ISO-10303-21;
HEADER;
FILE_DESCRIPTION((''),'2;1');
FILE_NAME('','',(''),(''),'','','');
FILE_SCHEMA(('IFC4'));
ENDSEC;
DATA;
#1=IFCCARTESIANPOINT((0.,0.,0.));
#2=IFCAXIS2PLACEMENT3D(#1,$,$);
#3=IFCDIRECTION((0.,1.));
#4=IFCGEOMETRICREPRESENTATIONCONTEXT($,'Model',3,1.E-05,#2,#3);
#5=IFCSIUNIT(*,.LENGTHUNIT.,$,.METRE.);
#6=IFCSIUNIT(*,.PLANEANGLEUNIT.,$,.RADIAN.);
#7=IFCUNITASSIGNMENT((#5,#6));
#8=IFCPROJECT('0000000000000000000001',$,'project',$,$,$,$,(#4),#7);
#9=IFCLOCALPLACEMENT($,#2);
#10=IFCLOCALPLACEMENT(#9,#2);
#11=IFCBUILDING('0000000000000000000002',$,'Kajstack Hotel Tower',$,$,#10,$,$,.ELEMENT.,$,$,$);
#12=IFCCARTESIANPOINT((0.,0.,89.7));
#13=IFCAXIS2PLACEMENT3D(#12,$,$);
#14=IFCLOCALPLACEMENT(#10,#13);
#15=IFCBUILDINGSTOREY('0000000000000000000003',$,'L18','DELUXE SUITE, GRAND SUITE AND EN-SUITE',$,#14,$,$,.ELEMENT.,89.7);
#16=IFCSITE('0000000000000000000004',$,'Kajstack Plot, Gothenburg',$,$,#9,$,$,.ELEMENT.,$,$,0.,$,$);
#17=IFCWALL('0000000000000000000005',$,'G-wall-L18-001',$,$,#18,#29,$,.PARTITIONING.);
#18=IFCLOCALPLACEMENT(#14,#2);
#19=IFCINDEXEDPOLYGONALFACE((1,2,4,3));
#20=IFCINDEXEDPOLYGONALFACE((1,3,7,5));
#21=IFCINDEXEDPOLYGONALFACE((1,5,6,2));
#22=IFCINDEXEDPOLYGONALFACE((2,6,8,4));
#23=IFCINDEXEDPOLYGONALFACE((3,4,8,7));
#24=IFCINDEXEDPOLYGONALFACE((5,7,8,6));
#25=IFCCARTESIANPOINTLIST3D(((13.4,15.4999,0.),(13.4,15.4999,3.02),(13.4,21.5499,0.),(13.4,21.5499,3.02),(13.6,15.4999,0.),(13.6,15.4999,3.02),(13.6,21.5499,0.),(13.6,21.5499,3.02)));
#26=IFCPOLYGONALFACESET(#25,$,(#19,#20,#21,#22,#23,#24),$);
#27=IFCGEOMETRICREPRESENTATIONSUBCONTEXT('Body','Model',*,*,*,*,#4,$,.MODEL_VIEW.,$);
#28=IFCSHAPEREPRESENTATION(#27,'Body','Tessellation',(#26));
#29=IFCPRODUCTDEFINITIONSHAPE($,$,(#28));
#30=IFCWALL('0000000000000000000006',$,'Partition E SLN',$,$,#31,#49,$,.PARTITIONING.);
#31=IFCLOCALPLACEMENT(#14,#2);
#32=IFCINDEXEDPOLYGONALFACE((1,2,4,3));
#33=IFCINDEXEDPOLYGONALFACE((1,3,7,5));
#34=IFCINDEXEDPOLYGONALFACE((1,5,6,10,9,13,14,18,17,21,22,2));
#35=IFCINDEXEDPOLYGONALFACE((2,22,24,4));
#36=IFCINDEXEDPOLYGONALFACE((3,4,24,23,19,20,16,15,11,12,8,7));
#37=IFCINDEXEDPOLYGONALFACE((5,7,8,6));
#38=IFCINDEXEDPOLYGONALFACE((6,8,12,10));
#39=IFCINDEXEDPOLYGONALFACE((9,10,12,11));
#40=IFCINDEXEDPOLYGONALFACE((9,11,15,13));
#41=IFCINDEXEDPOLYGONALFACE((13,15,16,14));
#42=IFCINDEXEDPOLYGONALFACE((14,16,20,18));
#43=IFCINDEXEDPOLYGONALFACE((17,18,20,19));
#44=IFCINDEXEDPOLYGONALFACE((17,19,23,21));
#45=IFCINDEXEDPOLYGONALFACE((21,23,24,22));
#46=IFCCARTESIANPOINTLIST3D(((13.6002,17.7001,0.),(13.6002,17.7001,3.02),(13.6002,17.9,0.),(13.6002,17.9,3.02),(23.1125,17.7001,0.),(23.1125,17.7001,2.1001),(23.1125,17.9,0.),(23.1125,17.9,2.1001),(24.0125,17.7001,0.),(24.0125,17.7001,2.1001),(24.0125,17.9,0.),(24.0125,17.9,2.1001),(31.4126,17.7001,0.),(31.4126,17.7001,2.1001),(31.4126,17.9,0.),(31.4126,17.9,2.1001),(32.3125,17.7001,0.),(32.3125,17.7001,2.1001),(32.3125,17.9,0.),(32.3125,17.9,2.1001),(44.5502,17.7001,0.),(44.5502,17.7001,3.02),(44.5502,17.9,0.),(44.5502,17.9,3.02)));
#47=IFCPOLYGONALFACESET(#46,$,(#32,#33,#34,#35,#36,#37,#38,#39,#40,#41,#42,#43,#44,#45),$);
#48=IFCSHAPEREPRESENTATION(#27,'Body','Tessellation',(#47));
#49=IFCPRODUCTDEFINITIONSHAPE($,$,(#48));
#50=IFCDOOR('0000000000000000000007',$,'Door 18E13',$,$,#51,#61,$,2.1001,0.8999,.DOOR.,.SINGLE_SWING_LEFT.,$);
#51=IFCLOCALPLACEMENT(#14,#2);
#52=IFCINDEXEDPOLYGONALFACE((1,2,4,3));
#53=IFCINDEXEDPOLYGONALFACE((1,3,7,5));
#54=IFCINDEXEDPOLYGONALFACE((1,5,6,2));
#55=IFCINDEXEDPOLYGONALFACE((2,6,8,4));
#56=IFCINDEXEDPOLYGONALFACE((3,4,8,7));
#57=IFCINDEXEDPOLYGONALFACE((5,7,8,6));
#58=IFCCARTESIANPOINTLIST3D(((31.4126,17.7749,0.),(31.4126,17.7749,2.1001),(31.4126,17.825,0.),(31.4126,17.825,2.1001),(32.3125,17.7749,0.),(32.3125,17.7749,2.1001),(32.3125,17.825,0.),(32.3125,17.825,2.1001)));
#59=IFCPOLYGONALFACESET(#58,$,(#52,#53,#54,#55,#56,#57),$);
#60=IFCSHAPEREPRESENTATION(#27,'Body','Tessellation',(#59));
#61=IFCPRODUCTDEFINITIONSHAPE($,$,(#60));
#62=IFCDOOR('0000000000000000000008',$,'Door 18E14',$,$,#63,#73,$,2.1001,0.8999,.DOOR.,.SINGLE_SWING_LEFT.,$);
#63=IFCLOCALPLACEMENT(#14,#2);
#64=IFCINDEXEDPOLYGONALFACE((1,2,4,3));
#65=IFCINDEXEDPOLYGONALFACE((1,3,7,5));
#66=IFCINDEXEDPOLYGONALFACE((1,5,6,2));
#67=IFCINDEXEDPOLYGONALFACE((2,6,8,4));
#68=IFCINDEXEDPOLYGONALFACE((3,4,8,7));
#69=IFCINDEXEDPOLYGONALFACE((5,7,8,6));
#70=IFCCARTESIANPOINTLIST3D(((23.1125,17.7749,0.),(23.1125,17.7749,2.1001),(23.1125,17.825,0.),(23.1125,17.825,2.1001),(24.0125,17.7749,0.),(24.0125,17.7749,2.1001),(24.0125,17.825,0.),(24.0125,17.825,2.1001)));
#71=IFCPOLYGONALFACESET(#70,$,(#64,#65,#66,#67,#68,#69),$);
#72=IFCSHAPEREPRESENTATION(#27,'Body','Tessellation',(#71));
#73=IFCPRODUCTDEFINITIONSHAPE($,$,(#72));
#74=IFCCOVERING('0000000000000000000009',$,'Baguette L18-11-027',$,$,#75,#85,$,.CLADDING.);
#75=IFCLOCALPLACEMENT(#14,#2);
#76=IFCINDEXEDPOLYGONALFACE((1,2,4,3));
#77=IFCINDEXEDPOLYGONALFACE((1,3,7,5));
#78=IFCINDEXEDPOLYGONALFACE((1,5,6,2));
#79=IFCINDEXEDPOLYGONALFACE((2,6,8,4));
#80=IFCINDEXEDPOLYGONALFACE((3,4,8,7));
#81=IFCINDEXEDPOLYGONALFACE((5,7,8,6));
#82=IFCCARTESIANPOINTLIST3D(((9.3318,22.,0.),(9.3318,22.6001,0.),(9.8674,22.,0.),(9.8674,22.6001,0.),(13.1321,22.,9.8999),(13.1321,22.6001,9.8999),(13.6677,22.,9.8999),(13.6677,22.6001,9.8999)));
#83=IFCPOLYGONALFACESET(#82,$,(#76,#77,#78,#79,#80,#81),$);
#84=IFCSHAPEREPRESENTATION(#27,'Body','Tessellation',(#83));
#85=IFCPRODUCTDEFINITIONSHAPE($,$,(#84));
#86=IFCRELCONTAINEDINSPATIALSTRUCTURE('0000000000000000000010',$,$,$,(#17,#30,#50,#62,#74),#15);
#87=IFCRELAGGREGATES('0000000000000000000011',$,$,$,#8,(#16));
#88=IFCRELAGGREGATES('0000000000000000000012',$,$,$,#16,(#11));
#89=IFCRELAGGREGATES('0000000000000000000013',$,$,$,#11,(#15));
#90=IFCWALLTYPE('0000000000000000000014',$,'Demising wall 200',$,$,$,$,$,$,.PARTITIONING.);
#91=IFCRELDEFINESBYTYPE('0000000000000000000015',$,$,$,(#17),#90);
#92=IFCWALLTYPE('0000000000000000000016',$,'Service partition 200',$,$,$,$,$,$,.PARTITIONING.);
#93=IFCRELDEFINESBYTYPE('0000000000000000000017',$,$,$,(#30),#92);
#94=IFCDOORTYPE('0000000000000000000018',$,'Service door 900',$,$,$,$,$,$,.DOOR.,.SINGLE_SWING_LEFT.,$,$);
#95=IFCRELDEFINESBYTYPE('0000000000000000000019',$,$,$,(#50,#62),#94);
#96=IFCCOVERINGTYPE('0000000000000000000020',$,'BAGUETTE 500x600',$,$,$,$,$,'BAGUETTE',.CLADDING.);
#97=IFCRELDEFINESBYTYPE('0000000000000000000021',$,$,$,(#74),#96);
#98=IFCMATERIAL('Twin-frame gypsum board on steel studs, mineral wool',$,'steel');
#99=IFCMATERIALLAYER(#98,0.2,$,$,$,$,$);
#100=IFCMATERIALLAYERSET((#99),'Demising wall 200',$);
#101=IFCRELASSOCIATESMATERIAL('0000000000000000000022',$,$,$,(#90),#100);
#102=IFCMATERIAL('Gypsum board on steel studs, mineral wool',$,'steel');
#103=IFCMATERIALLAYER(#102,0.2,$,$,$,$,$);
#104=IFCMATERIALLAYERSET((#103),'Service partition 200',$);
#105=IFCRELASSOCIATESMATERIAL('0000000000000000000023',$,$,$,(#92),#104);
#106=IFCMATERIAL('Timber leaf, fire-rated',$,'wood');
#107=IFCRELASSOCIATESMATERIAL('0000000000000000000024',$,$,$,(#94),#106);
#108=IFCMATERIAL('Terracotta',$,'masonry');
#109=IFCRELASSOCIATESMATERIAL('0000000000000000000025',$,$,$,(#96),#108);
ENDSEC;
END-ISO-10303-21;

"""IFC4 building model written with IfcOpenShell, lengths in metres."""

from ifc_helpers import new_model, si_unit, direction, frame, frame_2d, origin, origin_2d, place, context, subcontext, project, spatial, polyline, rectangle, outline, extrude, material, layer, layer_set, material_profile, profile_set, type_object, element, fill, save


model = new_model("IFC4")

# Units and contexts
model_context = context("Model", 3, precision=1e-05, world=origin(), true_north=direction((0.0, 1.0)))
body_context = subcontext(model_context, "Body", "Model", "MODEL_VIEW")
ifc_project = project(units=[si_unit("LENGTHUNIT", "METRE"), si_unit("PLANEANGLEUNIT", "RADIAN")], contexts=[model_context])

# Site, building, storey
site_placement = place(None, origin())
site = spatial("IfcSite", under=ifc_project, at=site_placement, Name="Kajstack Plot, Gothenburg", CompositionType="ELEMENT", RefElevation=0.0)
building_placement = place(site_placement, origin())
building = spatial("IfcBuilding", under=site, at=building_placement, Name="Kajstack Hotel Tower", CompositionType="ELEMENT")
storey_placement = place(building_placement, frame((0.0, 0.0, 89.7)))
storey = spatial("IfcBuildingStorey", under=building, at=storey_placement, Name="L18", Description="DELUXE SUITE, GRAND SUITE AND EN-SUITE", CompositionType="ELEMENT", Elevation=89.7)

# Wall
ifc_material_1 = material(Name="Twin-frame gypsum board on steel studs, mineral wool", Category="steel")
ifc_layer_1 = layer(ifc_material_1, 0.2)
ifc_layer_set_1 = layer_set([ifc_layer_1], Name="Demising wall 200")
wall_type_1 = type_object("IfcWallType", Name="Demising wall 200", PredefinedType="PARTITIONING", material=ifc_layer_set_1)
wall_1_placement = place(storey_placement, frame((13.5, 15.5, 0.0), z_axis=(0.0, 0.0, 1.0), x_axis=(0.0, 1.0, 0.0)))
element("IfcWall", 1, at=wall_1_placement, inside=storey, type_object=wall_type_1, Name="G-wall-L18-001", PredefinedType="PARTITIONING", context=body_context, shape_type="SweptSolid", body=[
    extrude(rectangle(XDim=6.05, YDim=0.2, at=frame_2d((3.0249, 0.0))), origin(), (0.0, 0.0, 1.0), 3.02),
])

# Wall, openings, doors
ifc_material_2 = material(Name="Gypsum board on steel studs, mineral wool", Category="steel")
ifc_layer_2 = layer(ifc_material_2, 0.2)
ifc_layer_set_2 = layer_set([ifc_layer_2], Name="Service partition 200")
wall_type_2 = type_object("IfcWallType", Name="Service partition 200", PredefinedType="PARTITIONING", material=ifc_layer_set_2)
wall_2_placement = place(storey_placement, frame((13.6001, 17.8, 0.0), z_axis=(0.0, 0.0, 1.0), x_axis=(1.0, 0.0, 0.0)))
wall_2 = element("IfcWall", 2, at=wall_2_placement, inside=storey, type_object=wall_type_2, Name="Partition E SLN", PredefinedType="PARTITIONING", context=body_context, shape_type="SweptSolid", body=[
    extrude(rectangle(XDim=30.95, YDim=0.2, at=frame_2d((15.4751, 0.0))), origin(), (0.0, 0.0, 1.0), 3.02),
])
opening_1_placement = place(wall_2_placement, frame((17.8125, 0.0, 0.0)))
opening_1 = element("IfcOpeningElement", 3, at=opening_1_placement, cuts=wall_2, PredefinedType="OPENING", context=body_context, shape_type="SweptSolid", body=[
    extrude(rectangle(XDim=0.8999, YDim=2.1001, at=frame_2d((0.45, 1.05))), frame((0.0, 0.1099, 0.0), z_axis=(0.0, -1.0, 0.0), x_axis=(1.0, 0.0, 0.0)), (0.0, 0.0, 1.0), 0.22),
])
opening_2_placement = place(wall_2_placement, frame((9.5125, 0.0, 0.0)))
opening_2 = element("IfcOpeningElement", 4, at=opening_2_placement, cuts=wall_2, PredefinedType="OPENING", context=body_context, shape_type="SweptSolid", body=[
    extrude(rectangle(XDim=0.8999, YDim=2.1001, at=frame_2d((0.45, 1.05))), frame((0.0, 0.1099, 0.0), z_axis=(0.0, -1.0, 0.0), x_axis=(1.0, 0.0, 0.0)), (0.0, 0.0, 1.0), 0.22),
])
ifc_material_3 = material(Name="Timber leaf, fire-rated", Category="wood")
door_type = type_object("IfcDoorType", Name="Service door 900", OperationType="SINGLE_SWING_LEFT", PredefinedType="DOOR", material=ifc_material_3)
door_1_placement = place(opening_1_placement, origin())
door_1 = element("IfcDoor", 5, at=door_1_placement, inside=storey, type_object=door_type, Name="Door 18E13", OperationType="SINGLE_SWING_LEFT", OverallHeight=2.1001, OverallWidth=0.8999, PredefinedType="DOOR", context=body_context, shape_type="SweptSolid", body=[
    extrude(rectangle(XDim=0.8999, YDim=2.1001, at=frame_2d((0.45, 1.05))), frame((0.0, 0.0249, 0.0), z_axis=(0.0, -1.0, 0.0), x_axis=(1.0, 0.0, 0.0)), (0.0, 0.0, 1.0), 0.05),
])
fill(opening_1, door_1)
door_2_placement = place(opening_2_placement, origin())
door_2 = element("IfcDoor", 6, at=door_2_placement, inside=storey, type_object=door_type, Name="Door 18E14", OperationType="SINGLE_SWING_LEFT", OverallHeight=2.1001, OverallWidth=0.8999, PredefinedType="DOOR", context=body_context, shape_type="SweptSolid", body=[
    extrude(rectangle(XDim=0.8999, YDim=2.1001, at=frame_2d((0.45, 1.05))), frame((0.0, 0.0249, 0.0), z_axis=(0.0, -1.0, 0.0), x_axis=(1.0, 0.0, 0.0)), (0.0, 0.0, 1.0), 0.05),
])
fill(opening_2, door_2)

# Covering
ifc_material_4 = material(Name="Terracotta", Category="masonry")
ifc_material_profile = material_profile(ifc_material_4, rectangle(XDim=0.6001, YDim=0.5, at=origin_2d()), Name="Terracotta-clad concrete baguette 500 x 600")
ifc_profile_set = profile_set([ifc_material_profile], Name="Terracotta")
covering_type = type_object("IfcCoveringType", Name="BAGUETTE 500x600", ElementType="BAGUETTE", PredefinedType="CLADDING", material=ifc_profile_set)
covering_placement = place(storey_placement, frame((13.6677, 22.0, 0.0), z_axis=(0.0, 1.0, 0.0), x_axis=(-1.0, 0.0, 0.0)))
element("IfcCovering", 7, at=covering_placement, inside=storey, type_object=covering_type, Name="Baguette L18-11-027", PredefinedType="CLADDING", context=body_context, shape_type="SweptSolid", body=[
    extrude(outline(polyline([(0.0, 9.8999), (3.8003, 0.0), (4.3359, 0.0), (0.5356, 9.8999), (0.0, 9.8999)])), origin(), (0.0, 0.0, 1.0), 0.6001),
])

save(model, "model.ifc")
